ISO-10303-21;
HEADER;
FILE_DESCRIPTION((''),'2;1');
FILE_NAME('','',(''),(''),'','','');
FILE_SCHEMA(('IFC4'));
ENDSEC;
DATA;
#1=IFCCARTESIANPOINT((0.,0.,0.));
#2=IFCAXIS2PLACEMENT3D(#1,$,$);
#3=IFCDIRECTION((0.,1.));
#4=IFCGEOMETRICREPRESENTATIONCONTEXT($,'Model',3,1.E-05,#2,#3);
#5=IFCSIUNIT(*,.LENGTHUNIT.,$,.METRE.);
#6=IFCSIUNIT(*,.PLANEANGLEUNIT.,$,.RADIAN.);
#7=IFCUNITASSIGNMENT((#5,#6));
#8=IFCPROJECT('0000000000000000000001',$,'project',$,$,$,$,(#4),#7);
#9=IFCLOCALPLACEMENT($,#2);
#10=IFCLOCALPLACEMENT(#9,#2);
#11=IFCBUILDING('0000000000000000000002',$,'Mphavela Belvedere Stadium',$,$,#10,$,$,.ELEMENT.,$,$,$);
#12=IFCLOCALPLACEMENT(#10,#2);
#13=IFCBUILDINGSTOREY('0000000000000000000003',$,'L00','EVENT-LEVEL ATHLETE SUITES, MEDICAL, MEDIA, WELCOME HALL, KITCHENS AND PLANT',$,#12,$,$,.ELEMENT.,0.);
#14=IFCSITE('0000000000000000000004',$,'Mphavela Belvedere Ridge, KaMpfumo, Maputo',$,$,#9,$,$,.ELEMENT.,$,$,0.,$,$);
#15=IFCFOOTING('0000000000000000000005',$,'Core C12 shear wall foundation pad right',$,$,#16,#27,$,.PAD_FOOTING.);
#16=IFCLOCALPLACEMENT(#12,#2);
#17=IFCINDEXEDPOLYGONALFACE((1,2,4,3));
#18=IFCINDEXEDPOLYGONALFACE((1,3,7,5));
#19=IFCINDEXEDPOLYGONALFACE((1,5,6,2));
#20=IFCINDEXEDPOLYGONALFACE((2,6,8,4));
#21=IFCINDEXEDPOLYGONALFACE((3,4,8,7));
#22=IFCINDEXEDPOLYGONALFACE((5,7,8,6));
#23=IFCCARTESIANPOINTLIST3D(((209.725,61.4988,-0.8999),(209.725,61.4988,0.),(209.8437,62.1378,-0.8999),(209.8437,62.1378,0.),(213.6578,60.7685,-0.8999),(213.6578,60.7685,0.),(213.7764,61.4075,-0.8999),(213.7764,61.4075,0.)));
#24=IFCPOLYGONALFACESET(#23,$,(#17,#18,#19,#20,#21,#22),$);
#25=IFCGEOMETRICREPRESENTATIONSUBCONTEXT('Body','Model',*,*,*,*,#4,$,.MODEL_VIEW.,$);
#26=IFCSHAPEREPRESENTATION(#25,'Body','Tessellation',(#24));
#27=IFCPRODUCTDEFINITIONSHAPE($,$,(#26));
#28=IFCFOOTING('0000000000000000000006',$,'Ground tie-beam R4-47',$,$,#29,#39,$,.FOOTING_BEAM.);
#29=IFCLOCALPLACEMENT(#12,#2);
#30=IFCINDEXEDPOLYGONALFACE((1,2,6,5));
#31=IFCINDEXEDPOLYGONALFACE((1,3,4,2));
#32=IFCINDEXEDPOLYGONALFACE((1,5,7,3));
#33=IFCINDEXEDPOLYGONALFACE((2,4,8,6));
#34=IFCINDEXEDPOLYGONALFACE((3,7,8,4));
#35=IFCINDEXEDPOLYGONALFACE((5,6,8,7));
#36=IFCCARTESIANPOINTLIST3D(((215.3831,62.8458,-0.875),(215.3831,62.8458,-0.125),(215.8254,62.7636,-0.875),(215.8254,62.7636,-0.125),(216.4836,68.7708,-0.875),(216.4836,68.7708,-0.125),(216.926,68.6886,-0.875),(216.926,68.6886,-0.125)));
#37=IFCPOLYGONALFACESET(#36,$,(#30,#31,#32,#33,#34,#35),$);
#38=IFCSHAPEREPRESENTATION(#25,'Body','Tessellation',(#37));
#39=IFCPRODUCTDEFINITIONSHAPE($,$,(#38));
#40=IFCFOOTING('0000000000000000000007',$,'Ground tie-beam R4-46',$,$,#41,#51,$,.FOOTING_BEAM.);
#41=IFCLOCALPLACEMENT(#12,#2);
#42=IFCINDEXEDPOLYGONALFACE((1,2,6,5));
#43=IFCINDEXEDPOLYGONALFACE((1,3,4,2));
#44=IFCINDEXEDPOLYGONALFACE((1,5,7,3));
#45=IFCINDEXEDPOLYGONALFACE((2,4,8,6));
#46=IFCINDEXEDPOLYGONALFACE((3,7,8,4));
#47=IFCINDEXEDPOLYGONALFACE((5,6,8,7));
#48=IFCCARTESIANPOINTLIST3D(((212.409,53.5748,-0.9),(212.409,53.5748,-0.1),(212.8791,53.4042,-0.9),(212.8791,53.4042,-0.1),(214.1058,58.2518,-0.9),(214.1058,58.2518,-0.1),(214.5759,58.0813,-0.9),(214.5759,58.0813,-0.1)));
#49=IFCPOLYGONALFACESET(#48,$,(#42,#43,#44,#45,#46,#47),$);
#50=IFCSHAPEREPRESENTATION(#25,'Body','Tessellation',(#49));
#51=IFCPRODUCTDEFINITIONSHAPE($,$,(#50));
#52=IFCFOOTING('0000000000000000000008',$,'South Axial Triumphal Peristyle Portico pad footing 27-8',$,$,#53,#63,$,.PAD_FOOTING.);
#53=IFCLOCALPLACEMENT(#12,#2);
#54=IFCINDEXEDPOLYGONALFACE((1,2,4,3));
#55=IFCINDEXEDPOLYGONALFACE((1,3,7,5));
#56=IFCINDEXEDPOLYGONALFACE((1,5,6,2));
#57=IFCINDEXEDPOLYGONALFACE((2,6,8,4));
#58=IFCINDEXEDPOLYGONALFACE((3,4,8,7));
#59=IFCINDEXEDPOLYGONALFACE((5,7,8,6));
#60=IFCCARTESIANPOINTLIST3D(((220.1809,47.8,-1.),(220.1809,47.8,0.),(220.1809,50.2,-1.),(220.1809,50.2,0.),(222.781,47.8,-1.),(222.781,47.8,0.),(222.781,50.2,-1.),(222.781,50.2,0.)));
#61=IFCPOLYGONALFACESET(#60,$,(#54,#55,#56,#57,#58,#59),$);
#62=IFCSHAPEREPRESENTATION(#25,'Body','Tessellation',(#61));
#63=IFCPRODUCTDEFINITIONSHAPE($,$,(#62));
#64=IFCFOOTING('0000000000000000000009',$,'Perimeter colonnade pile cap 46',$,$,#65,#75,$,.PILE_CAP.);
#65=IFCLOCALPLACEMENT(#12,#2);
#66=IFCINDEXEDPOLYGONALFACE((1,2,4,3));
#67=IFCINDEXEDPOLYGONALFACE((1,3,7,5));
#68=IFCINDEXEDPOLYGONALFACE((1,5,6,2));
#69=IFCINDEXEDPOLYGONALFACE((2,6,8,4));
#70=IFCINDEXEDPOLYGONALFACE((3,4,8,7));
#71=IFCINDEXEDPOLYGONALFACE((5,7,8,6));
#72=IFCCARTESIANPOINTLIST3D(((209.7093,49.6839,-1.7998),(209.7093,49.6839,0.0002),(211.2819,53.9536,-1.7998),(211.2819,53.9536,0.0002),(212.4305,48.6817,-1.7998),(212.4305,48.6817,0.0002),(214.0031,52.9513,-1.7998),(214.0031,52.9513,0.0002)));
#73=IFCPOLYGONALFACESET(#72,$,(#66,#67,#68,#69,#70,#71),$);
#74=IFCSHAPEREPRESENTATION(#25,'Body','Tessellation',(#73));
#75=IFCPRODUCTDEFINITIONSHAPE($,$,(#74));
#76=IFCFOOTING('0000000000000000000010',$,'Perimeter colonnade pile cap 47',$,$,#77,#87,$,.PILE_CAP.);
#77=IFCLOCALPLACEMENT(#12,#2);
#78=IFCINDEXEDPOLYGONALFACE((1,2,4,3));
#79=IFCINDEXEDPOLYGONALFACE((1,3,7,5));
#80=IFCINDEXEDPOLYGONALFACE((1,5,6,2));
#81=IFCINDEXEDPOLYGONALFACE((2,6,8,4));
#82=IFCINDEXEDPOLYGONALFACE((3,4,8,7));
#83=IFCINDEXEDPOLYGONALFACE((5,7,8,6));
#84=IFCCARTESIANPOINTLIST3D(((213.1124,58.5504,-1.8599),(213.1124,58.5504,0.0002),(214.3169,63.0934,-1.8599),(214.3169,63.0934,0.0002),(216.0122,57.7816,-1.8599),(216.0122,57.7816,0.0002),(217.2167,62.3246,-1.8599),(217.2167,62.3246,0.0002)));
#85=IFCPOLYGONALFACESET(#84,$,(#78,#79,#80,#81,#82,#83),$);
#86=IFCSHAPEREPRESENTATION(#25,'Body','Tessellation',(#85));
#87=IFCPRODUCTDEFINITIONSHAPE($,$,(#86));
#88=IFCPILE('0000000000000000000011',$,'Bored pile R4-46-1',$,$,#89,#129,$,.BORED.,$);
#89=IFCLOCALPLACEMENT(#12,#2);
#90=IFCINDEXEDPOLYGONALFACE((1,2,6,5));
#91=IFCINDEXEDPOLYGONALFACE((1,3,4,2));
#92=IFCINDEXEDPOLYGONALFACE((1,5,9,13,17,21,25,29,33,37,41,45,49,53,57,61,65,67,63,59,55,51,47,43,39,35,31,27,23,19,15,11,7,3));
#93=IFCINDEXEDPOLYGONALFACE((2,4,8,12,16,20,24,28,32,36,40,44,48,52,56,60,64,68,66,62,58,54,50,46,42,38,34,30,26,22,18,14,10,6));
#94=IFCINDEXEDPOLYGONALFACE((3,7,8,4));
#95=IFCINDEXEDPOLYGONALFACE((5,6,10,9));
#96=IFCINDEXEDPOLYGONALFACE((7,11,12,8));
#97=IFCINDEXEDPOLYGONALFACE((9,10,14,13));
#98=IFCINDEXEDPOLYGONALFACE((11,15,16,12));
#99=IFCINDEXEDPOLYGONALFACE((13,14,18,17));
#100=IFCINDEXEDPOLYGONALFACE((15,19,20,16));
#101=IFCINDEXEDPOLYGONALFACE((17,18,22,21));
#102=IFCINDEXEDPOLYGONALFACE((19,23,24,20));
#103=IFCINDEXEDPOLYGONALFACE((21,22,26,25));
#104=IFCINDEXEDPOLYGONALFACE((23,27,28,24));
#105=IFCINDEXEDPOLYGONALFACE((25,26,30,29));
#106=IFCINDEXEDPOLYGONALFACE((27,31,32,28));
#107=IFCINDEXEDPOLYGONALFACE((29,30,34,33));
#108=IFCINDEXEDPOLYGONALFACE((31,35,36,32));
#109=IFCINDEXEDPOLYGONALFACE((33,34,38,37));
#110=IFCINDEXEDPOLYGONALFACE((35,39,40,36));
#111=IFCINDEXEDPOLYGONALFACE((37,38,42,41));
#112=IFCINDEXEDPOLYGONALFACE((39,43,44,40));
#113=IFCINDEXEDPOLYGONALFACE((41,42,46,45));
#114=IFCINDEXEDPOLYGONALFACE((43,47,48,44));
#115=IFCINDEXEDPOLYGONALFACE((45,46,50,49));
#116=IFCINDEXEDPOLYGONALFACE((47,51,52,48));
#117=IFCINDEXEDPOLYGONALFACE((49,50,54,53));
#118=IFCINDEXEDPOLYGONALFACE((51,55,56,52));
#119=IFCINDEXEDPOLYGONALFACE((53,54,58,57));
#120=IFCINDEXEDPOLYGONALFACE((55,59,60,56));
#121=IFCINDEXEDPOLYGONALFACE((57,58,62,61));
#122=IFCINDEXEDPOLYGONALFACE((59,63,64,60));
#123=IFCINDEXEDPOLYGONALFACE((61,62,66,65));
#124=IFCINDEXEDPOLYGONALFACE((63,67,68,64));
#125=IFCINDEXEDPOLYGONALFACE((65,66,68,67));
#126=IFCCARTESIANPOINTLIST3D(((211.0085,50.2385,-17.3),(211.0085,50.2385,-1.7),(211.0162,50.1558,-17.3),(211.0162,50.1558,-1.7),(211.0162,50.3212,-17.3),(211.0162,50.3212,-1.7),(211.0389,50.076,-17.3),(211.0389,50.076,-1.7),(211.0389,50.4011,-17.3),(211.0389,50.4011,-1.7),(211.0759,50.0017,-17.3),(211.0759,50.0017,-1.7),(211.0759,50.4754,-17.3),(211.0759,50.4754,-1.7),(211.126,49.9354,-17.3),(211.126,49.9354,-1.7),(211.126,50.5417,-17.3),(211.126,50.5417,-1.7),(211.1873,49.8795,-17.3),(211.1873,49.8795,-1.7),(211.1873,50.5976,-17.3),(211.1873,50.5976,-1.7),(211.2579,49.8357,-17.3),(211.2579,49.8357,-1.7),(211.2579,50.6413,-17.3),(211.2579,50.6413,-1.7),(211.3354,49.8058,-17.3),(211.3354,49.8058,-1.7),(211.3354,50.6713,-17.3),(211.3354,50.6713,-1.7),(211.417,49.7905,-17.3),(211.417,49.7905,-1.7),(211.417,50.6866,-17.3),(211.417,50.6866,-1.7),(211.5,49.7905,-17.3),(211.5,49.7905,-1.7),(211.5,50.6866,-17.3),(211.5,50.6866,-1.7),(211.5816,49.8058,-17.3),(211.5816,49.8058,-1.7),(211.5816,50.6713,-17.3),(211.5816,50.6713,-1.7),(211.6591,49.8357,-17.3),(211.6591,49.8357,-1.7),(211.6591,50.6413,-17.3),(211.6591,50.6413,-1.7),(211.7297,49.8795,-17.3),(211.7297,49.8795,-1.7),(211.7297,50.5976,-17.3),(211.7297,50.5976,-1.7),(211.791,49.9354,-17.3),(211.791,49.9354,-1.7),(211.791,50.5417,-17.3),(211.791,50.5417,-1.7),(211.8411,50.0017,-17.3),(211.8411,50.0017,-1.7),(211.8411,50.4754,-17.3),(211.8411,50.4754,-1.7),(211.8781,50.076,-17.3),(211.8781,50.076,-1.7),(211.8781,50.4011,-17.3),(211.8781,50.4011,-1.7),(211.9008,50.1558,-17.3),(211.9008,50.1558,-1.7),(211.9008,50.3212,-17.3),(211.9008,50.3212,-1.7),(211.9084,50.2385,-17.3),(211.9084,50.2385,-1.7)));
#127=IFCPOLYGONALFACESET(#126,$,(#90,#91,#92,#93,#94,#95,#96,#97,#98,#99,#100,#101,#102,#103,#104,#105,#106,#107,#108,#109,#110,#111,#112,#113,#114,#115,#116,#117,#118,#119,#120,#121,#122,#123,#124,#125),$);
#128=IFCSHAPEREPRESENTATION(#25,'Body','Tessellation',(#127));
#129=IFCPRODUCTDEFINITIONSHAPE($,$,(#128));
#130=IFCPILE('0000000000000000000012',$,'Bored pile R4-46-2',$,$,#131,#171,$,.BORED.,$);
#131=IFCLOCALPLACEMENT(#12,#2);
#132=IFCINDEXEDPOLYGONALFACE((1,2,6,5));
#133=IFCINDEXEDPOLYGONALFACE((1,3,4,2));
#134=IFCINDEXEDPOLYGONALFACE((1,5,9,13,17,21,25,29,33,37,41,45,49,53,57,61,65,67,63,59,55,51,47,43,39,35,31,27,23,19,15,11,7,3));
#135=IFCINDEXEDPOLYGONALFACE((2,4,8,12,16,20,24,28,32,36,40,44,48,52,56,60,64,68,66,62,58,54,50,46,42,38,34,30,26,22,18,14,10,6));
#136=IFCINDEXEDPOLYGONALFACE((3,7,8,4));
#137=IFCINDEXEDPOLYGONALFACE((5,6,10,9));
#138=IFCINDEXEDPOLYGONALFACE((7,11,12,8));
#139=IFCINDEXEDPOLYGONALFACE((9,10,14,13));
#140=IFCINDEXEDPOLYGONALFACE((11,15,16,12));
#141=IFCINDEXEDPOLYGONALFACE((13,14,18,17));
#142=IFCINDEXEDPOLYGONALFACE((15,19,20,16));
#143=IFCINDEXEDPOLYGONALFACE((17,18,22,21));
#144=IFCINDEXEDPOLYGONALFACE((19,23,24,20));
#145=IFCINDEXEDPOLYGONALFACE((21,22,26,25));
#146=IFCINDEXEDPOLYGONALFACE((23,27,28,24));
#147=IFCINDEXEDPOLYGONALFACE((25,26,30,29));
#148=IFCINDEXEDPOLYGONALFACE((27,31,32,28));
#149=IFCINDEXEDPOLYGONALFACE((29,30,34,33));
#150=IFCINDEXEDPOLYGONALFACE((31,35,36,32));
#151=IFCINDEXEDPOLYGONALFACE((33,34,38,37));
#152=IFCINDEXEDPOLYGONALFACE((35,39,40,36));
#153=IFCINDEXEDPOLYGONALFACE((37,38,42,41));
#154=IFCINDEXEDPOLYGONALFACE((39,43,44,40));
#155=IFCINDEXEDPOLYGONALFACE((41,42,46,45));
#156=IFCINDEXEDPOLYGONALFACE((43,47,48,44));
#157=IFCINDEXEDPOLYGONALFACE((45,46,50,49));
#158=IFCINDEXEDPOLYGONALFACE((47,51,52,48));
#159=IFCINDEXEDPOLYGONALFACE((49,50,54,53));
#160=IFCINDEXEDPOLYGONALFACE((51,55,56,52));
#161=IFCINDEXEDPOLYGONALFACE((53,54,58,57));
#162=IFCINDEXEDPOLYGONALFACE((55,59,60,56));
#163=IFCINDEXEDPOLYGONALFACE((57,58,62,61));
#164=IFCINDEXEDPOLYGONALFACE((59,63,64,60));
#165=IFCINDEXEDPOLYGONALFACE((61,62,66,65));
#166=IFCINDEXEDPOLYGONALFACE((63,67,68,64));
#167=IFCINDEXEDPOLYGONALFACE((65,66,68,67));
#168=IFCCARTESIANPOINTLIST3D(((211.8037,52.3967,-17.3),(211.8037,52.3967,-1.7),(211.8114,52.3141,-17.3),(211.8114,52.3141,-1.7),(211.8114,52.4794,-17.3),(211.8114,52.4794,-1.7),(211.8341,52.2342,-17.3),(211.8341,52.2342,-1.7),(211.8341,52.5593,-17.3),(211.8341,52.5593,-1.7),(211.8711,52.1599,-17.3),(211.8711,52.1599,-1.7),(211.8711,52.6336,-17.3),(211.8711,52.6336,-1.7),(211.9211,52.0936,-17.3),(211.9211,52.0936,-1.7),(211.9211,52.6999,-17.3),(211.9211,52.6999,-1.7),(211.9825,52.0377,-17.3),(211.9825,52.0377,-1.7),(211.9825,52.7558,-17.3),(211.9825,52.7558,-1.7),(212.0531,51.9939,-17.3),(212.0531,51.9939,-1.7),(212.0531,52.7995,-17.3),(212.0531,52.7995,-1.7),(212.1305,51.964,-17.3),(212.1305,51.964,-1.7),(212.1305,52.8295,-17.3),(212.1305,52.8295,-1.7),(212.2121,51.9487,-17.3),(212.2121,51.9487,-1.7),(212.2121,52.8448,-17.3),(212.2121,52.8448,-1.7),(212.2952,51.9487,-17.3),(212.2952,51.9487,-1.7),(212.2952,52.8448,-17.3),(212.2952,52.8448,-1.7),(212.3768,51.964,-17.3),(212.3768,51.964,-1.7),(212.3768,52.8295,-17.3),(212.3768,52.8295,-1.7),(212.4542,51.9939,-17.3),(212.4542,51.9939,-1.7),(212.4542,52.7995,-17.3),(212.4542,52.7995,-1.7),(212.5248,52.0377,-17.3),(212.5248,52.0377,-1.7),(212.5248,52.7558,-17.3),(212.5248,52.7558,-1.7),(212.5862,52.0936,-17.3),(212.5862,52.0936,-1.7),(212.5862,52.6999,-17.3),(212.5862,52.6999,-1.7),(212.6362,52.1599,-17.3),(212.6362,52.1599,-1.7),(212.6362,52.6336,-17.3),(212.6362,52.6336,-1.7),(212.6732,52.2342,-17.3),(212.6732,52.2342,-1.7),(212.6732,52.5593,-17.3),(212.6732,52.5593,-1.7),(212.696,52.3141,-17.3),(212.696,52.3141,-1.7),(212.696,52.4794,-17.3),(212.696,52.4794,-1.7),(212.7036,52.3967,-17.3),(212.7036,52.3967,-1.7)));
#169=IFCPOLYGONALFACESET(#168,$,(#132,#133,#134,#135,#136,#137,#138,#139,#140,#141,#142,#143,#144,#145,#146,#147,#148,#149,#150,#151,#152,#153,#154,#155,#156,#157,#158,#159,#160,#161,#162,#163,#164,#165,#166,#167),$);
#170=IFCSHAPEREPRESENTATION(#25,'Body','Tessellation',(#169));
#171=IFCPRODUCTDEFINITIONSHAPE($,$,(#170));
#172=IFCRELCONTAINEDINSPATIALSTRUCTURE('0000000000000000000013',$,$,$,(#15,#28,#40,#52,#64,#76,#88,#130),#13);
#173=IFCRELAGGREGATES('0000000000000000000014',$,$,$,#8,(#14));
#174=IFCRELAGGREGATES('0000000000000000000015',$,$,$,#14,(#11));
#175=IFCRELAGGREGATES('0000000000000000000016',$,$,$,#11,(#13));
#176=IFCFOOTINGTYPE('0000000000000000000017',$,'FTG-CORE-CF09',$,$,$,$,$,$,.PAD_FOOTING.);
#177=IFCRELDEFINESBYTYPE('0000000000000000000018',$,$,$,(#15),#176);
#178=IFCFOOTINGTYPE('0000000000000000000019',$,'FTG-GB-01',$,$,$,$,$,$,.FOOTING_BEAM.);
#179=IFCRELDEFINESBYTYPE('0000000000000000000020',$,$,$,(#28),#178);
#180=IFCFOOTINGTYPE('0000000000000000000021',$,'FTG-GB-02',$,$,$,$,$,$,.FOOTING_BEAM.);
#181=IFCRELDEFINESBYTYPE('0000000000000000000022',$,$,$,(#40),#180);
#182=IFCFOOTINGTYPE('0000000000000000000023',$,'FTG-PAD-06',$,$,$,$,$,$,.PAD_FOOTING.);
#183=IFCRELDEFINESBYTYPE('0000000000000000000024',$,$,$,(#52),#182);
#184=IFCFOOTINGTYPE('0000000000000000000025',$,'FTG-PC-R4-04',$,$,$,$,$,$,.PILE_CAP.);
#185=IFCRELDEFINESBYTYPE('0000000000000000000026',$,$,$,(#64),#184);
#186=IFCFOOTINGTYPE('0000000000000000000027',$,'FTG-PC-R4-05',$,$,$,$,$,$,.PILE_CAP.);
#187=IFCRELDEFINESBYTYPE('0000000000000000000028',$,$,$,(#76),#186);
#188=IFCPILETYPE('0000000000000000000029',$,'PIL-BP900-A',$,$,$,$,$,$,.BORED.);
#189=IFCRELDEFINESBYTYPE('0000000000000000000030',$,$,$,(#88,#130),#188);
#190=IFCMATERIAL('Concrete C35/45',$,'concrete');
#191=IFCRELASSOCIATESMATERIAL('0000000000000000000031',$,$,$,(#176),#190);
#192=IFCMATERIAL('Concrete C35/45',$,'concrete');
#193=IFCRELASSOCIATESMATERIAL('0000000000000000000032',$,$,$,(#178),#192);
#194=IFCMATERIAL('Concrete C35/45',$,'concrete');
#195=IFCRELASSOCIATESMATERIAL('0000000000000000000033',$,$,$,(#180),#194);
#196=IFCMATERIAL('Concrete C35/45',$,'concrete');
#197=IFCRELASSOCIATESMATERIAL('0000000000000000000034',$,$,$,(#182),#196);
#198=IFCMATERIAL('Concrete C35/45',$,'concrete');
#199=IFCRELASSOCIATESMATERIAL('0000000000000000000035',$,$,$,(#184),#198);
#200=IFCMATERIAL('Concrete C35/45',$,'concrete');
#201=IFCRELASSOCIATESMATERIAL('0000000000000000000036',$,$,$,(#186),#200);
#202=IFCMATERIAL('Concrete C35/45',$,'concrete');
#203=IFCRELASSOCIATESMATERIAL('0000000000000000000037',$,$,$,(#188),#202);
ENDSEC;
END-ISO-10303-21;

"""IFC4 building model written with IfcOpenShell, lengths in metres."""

from ifc_helpers import new_model, si_unit, direction, frame, origin, origin_2d, place, context, subcontext, project, spatial, rectangle, circle, extrude, material, material_profile, profile_set, type_object, element, save


model = new_model("IFC4")

# Units and contexts
model_context = context("Model", 3, precision=1e-05, world=origin(), true_north=direction((0.0, 1.0)))
body_context = subcontext(model_context, "Body", "Model", "MODEL_VIEW")
ifc_project = project(units=[si_unit("LENGTHUNIT", "METRE"), si_unit("PLANEANGLEUNIT", "RADIAN")], contexts=[model_context])

# Site, building, storey
site_placement = place(None, origin())
site = spatial("IfcSite", under=ifc_project, at=site_placement, Name="Mphavela Belvedere Ridge, KaMpfumo, Maputo", CompositionType="ELEMENT", RefElevation=0.0)
building_placement = place(site_placement, origin())
building = spatial("IfcBuilding", under=site, at=building_placement, Name="Mphavela Belvedere Stadium", CompositionType="ELEMENT")
storey_placement = place(building_placement, origin())
storey = spatial("IfcBuildingStorey", under=building, at=storey_placement, Name="L00", Description="EVENT-LEVEL ATHLETE SUITES, MEDICAL, MEDIA, WELCOME HALL, KITCHENS AND PLANT", CompositionType="ELEMENT", Elevation=0.0)

# Footings
ifc_material_1 = material(Name="Concrete C35/45", Category="concrete")
footing_type_1 = type_object("IfcFootingType", Name="FTG-CORE-CF09", PredefinedType="PAD_FOOTING", material=ifc_material_1)
footing_1_placement = place(storey_placement, frame((211.7507, 61.4531, -0.8999), z_axis=(0.0, 0.0, 1.0), x_axis=(0.983191, -0.182579, 0.0)))
element("IfcFooting", 1, at=footing_1_placement, inside=storey, type_object=footing_type_1, Name="Core C12 shear wall foundation pad right", PredefinedType="PAD_FOOTING", context=body_context, shape_type="SweptSolid", body=[
    extrude(rectangle(XDim=4.0, YDim=0.6499, at=origin_2d()), origin(), (0.0, 0.0, 1.0), 0.8999),
])
ifc_material_2 = material(Name="Concrete C35/45", Category="concrete")
ifc_material_profile_1 = material_profile(ifc_material_2, rectangle(XDim=0.45, YDim=0.75, at=origin_2d()), Name="GB 450x750")
ifc_profile_set_1 = profile_set([ifc_material_profile_1], Name="Concrete C35/45")
footing_type_2 = type_object("IfcFootingType", Name="FTG-GB-01", PredefinedType="FOOTING_BEAM", material=ifc_profile_set_1)
footing_2_placement = place(storey_placement, frame((215.6042, 62.8047, -0.5), z_axis=(0.182627, 0.983182, 0.0), x_axis=(-0.983182, 0.182627, 0.0)))
element("IfcFooting", 2, at=footing_2_placement, inside=storey, type_object=footing_type_2, Name="Ground tie-beam R4-47", PredefinedType="FOOTING_BEAM", context=body_context, shape_type="SweptSolid", body=[
    extrude(rectangle(XDim=0.45, YDim=0.75, at=origin_2d()), origin(), (0.0, 0.0, 1.0), 6.0264),
])
ifc_material_3 = material(Name="Concrete C35/45", Category="concrete")
ifc_material_profile_2 = material_profile(ifc_material_3, rectangle(XDim=0.5, YDim=0.8, at=origin_2d()), Name="GB 500x800")
ifc_profile_set_2 = profile_set([ifc_material_profile_2], Name="Concrete C35/45")
footing_type_3 = type_object("IfcFootingType", Name="FTG-GB-02", PredefinedType="FOOTING_BEAM", material=ifc_profile_set_2)
footing_3_placement = place(storey_placement, frame((212.644, 53.4895, -0.5), z_axis=(0.341042, 0.940048, 0.0), x_axis=(-0.940048, 0.341042, 0.0)))
element("IfcFooting", 3, at=footing_3_placement, inside=storey, type_object=footing_type_3, Name="Ground tie-beam R4-46", PredefinedType="FOOTING_BEAM", context=body_context, shape_type="SweptSolid", body=[
    extrude(rectangle(XDim=0.5, YDim=0.8, at=origin_2d()), origin(), (0.0, 0.0, 1.0), 4.9753),
])
ifc_material_4 = material(Name="Concrete C35/45", Category="concrete")
footing_type_4 = type_object("IfcFootingType", Name="FTG-PAD-06", PredefinedType="PAD_FOOTING", material=ifc_material_4)
footing_4_placement = place(storey_placement, frame((221.481, 49.0, -1.0), z_axis=(0.0, 0.0, 1.0), x_axis=(1.0, 0.0, 0.0)))
element("IfcFooting", 4, at=footing_4_placement, inside=storey, type_object=footing_type_4, Name="South Axial Triumphal Peristyle Portico pad footing 27-8", PredefinedType="PAD_FOOTING", context=body_context, shape_type="SweptSolid", body=[
    extrude(rectangle(XDim=2.6001, YDim=2.3999, at=origin_2d()), origin(), (0.0, 0.0, 1.0), 1.0),
])
ifc_material_5 = material(Name="Concrete C35/45", Category="concrete")
footing_type_5 = type_object("IfcFootingType", Name="FTG-PC-R4-04", PredefinedType="PILE_CAP", material=ifc_material_5)
footing_5_placement = place(storey_placement, frame((211.8562, 51.3176, -1.7998), z_axis=(0.0, 0.0, 1.0), x_axis=(0.345626, 0.938372, 0.0)))
element("IfcFooting", 5, at=footing_5_placement, inside=storey, type_object=footing_type_5, Name="Perimeter colonnade pile cap 46", PredefinedType="PILE_CAP", context=body_context, shape_type="SweptSolid", body=[
    extrude(rectangle(XDim=4.55, YDim=2.8999, at=origin_2d()), origin(), (0.0, 0.0, 1.0), 1.8),
])
ifc_material_6 = material(Name="Concrete C35/45", Category="concrete")
footing_type_6 = type_object("IfcFootingType", Name="FTG-PC-R4-05", PredefinedType="PILE_CAP", material=ifc_material_6)
footing_6_placement = place(storey_placement, frame((215.1646, 60.4375, -1.8599), z_axis=(0.0, 0.0, 1.0), x_axis=(0.256289, 0.9666, 0.0)))
element("IfcFooting", 6, at=footing_6_placement, inside=storey, type_object=footing_type_6, Name="Perimeter colonnade pile cap 47", PredefinedType="PILE_CAP", context=body_context, shape_type="SweptSolid", body=[
    extrude(rectangle(XDim=4.7, YDim=3.0, at=origin_2d()), origin(), (0.0, 0.0, 1.0), 1.8601),
])

# Piles
ifc_material_7 = material(Name="Concrete C35/45", Category="concrete")
ifc_material_profile_3 = material_profile(ifc_material_7, circle(Radius=0.45, at=origin_2d()), Name="BP D900")
ifc_profile_set_3 = profile_set([ifc_material_profile_3], Name="Concrete C35/45")
pile_type = type_object("IfcPileType", Name="PIL-BP900-A", PredefinedType="BORED", material=ifc_profile_set_3)
for number, where, z_axis, x_axis, name in (
    (7, (211.4585, 50.2385, -1.7), (0.0, 0.0, -1.0), (1.0, 0.0, 0.0), "Bored pile R4-46-1"),
    (8, (212.2537, 52.3967, -1.7), (0.0, 0.0, -1.0), (1.0, 0.0, 0.0), "Bored pile R4-46-2"),
):
    element("IfcPile", number, at=place(storey_placement, frame(where, z_axis=z_axis, x_axis=x_axis)), inside=storey, type_object=pile_type, Name=name, PredefinedType="BORED", context=body_context, shape_type="SweptSolid", body=[
        extrude(circle(Radius=0.45, at=origin_2d()), origin(), (0.0, 0.0, 1.0), 15.6001),
    ])

save(model, "model.ifc")
